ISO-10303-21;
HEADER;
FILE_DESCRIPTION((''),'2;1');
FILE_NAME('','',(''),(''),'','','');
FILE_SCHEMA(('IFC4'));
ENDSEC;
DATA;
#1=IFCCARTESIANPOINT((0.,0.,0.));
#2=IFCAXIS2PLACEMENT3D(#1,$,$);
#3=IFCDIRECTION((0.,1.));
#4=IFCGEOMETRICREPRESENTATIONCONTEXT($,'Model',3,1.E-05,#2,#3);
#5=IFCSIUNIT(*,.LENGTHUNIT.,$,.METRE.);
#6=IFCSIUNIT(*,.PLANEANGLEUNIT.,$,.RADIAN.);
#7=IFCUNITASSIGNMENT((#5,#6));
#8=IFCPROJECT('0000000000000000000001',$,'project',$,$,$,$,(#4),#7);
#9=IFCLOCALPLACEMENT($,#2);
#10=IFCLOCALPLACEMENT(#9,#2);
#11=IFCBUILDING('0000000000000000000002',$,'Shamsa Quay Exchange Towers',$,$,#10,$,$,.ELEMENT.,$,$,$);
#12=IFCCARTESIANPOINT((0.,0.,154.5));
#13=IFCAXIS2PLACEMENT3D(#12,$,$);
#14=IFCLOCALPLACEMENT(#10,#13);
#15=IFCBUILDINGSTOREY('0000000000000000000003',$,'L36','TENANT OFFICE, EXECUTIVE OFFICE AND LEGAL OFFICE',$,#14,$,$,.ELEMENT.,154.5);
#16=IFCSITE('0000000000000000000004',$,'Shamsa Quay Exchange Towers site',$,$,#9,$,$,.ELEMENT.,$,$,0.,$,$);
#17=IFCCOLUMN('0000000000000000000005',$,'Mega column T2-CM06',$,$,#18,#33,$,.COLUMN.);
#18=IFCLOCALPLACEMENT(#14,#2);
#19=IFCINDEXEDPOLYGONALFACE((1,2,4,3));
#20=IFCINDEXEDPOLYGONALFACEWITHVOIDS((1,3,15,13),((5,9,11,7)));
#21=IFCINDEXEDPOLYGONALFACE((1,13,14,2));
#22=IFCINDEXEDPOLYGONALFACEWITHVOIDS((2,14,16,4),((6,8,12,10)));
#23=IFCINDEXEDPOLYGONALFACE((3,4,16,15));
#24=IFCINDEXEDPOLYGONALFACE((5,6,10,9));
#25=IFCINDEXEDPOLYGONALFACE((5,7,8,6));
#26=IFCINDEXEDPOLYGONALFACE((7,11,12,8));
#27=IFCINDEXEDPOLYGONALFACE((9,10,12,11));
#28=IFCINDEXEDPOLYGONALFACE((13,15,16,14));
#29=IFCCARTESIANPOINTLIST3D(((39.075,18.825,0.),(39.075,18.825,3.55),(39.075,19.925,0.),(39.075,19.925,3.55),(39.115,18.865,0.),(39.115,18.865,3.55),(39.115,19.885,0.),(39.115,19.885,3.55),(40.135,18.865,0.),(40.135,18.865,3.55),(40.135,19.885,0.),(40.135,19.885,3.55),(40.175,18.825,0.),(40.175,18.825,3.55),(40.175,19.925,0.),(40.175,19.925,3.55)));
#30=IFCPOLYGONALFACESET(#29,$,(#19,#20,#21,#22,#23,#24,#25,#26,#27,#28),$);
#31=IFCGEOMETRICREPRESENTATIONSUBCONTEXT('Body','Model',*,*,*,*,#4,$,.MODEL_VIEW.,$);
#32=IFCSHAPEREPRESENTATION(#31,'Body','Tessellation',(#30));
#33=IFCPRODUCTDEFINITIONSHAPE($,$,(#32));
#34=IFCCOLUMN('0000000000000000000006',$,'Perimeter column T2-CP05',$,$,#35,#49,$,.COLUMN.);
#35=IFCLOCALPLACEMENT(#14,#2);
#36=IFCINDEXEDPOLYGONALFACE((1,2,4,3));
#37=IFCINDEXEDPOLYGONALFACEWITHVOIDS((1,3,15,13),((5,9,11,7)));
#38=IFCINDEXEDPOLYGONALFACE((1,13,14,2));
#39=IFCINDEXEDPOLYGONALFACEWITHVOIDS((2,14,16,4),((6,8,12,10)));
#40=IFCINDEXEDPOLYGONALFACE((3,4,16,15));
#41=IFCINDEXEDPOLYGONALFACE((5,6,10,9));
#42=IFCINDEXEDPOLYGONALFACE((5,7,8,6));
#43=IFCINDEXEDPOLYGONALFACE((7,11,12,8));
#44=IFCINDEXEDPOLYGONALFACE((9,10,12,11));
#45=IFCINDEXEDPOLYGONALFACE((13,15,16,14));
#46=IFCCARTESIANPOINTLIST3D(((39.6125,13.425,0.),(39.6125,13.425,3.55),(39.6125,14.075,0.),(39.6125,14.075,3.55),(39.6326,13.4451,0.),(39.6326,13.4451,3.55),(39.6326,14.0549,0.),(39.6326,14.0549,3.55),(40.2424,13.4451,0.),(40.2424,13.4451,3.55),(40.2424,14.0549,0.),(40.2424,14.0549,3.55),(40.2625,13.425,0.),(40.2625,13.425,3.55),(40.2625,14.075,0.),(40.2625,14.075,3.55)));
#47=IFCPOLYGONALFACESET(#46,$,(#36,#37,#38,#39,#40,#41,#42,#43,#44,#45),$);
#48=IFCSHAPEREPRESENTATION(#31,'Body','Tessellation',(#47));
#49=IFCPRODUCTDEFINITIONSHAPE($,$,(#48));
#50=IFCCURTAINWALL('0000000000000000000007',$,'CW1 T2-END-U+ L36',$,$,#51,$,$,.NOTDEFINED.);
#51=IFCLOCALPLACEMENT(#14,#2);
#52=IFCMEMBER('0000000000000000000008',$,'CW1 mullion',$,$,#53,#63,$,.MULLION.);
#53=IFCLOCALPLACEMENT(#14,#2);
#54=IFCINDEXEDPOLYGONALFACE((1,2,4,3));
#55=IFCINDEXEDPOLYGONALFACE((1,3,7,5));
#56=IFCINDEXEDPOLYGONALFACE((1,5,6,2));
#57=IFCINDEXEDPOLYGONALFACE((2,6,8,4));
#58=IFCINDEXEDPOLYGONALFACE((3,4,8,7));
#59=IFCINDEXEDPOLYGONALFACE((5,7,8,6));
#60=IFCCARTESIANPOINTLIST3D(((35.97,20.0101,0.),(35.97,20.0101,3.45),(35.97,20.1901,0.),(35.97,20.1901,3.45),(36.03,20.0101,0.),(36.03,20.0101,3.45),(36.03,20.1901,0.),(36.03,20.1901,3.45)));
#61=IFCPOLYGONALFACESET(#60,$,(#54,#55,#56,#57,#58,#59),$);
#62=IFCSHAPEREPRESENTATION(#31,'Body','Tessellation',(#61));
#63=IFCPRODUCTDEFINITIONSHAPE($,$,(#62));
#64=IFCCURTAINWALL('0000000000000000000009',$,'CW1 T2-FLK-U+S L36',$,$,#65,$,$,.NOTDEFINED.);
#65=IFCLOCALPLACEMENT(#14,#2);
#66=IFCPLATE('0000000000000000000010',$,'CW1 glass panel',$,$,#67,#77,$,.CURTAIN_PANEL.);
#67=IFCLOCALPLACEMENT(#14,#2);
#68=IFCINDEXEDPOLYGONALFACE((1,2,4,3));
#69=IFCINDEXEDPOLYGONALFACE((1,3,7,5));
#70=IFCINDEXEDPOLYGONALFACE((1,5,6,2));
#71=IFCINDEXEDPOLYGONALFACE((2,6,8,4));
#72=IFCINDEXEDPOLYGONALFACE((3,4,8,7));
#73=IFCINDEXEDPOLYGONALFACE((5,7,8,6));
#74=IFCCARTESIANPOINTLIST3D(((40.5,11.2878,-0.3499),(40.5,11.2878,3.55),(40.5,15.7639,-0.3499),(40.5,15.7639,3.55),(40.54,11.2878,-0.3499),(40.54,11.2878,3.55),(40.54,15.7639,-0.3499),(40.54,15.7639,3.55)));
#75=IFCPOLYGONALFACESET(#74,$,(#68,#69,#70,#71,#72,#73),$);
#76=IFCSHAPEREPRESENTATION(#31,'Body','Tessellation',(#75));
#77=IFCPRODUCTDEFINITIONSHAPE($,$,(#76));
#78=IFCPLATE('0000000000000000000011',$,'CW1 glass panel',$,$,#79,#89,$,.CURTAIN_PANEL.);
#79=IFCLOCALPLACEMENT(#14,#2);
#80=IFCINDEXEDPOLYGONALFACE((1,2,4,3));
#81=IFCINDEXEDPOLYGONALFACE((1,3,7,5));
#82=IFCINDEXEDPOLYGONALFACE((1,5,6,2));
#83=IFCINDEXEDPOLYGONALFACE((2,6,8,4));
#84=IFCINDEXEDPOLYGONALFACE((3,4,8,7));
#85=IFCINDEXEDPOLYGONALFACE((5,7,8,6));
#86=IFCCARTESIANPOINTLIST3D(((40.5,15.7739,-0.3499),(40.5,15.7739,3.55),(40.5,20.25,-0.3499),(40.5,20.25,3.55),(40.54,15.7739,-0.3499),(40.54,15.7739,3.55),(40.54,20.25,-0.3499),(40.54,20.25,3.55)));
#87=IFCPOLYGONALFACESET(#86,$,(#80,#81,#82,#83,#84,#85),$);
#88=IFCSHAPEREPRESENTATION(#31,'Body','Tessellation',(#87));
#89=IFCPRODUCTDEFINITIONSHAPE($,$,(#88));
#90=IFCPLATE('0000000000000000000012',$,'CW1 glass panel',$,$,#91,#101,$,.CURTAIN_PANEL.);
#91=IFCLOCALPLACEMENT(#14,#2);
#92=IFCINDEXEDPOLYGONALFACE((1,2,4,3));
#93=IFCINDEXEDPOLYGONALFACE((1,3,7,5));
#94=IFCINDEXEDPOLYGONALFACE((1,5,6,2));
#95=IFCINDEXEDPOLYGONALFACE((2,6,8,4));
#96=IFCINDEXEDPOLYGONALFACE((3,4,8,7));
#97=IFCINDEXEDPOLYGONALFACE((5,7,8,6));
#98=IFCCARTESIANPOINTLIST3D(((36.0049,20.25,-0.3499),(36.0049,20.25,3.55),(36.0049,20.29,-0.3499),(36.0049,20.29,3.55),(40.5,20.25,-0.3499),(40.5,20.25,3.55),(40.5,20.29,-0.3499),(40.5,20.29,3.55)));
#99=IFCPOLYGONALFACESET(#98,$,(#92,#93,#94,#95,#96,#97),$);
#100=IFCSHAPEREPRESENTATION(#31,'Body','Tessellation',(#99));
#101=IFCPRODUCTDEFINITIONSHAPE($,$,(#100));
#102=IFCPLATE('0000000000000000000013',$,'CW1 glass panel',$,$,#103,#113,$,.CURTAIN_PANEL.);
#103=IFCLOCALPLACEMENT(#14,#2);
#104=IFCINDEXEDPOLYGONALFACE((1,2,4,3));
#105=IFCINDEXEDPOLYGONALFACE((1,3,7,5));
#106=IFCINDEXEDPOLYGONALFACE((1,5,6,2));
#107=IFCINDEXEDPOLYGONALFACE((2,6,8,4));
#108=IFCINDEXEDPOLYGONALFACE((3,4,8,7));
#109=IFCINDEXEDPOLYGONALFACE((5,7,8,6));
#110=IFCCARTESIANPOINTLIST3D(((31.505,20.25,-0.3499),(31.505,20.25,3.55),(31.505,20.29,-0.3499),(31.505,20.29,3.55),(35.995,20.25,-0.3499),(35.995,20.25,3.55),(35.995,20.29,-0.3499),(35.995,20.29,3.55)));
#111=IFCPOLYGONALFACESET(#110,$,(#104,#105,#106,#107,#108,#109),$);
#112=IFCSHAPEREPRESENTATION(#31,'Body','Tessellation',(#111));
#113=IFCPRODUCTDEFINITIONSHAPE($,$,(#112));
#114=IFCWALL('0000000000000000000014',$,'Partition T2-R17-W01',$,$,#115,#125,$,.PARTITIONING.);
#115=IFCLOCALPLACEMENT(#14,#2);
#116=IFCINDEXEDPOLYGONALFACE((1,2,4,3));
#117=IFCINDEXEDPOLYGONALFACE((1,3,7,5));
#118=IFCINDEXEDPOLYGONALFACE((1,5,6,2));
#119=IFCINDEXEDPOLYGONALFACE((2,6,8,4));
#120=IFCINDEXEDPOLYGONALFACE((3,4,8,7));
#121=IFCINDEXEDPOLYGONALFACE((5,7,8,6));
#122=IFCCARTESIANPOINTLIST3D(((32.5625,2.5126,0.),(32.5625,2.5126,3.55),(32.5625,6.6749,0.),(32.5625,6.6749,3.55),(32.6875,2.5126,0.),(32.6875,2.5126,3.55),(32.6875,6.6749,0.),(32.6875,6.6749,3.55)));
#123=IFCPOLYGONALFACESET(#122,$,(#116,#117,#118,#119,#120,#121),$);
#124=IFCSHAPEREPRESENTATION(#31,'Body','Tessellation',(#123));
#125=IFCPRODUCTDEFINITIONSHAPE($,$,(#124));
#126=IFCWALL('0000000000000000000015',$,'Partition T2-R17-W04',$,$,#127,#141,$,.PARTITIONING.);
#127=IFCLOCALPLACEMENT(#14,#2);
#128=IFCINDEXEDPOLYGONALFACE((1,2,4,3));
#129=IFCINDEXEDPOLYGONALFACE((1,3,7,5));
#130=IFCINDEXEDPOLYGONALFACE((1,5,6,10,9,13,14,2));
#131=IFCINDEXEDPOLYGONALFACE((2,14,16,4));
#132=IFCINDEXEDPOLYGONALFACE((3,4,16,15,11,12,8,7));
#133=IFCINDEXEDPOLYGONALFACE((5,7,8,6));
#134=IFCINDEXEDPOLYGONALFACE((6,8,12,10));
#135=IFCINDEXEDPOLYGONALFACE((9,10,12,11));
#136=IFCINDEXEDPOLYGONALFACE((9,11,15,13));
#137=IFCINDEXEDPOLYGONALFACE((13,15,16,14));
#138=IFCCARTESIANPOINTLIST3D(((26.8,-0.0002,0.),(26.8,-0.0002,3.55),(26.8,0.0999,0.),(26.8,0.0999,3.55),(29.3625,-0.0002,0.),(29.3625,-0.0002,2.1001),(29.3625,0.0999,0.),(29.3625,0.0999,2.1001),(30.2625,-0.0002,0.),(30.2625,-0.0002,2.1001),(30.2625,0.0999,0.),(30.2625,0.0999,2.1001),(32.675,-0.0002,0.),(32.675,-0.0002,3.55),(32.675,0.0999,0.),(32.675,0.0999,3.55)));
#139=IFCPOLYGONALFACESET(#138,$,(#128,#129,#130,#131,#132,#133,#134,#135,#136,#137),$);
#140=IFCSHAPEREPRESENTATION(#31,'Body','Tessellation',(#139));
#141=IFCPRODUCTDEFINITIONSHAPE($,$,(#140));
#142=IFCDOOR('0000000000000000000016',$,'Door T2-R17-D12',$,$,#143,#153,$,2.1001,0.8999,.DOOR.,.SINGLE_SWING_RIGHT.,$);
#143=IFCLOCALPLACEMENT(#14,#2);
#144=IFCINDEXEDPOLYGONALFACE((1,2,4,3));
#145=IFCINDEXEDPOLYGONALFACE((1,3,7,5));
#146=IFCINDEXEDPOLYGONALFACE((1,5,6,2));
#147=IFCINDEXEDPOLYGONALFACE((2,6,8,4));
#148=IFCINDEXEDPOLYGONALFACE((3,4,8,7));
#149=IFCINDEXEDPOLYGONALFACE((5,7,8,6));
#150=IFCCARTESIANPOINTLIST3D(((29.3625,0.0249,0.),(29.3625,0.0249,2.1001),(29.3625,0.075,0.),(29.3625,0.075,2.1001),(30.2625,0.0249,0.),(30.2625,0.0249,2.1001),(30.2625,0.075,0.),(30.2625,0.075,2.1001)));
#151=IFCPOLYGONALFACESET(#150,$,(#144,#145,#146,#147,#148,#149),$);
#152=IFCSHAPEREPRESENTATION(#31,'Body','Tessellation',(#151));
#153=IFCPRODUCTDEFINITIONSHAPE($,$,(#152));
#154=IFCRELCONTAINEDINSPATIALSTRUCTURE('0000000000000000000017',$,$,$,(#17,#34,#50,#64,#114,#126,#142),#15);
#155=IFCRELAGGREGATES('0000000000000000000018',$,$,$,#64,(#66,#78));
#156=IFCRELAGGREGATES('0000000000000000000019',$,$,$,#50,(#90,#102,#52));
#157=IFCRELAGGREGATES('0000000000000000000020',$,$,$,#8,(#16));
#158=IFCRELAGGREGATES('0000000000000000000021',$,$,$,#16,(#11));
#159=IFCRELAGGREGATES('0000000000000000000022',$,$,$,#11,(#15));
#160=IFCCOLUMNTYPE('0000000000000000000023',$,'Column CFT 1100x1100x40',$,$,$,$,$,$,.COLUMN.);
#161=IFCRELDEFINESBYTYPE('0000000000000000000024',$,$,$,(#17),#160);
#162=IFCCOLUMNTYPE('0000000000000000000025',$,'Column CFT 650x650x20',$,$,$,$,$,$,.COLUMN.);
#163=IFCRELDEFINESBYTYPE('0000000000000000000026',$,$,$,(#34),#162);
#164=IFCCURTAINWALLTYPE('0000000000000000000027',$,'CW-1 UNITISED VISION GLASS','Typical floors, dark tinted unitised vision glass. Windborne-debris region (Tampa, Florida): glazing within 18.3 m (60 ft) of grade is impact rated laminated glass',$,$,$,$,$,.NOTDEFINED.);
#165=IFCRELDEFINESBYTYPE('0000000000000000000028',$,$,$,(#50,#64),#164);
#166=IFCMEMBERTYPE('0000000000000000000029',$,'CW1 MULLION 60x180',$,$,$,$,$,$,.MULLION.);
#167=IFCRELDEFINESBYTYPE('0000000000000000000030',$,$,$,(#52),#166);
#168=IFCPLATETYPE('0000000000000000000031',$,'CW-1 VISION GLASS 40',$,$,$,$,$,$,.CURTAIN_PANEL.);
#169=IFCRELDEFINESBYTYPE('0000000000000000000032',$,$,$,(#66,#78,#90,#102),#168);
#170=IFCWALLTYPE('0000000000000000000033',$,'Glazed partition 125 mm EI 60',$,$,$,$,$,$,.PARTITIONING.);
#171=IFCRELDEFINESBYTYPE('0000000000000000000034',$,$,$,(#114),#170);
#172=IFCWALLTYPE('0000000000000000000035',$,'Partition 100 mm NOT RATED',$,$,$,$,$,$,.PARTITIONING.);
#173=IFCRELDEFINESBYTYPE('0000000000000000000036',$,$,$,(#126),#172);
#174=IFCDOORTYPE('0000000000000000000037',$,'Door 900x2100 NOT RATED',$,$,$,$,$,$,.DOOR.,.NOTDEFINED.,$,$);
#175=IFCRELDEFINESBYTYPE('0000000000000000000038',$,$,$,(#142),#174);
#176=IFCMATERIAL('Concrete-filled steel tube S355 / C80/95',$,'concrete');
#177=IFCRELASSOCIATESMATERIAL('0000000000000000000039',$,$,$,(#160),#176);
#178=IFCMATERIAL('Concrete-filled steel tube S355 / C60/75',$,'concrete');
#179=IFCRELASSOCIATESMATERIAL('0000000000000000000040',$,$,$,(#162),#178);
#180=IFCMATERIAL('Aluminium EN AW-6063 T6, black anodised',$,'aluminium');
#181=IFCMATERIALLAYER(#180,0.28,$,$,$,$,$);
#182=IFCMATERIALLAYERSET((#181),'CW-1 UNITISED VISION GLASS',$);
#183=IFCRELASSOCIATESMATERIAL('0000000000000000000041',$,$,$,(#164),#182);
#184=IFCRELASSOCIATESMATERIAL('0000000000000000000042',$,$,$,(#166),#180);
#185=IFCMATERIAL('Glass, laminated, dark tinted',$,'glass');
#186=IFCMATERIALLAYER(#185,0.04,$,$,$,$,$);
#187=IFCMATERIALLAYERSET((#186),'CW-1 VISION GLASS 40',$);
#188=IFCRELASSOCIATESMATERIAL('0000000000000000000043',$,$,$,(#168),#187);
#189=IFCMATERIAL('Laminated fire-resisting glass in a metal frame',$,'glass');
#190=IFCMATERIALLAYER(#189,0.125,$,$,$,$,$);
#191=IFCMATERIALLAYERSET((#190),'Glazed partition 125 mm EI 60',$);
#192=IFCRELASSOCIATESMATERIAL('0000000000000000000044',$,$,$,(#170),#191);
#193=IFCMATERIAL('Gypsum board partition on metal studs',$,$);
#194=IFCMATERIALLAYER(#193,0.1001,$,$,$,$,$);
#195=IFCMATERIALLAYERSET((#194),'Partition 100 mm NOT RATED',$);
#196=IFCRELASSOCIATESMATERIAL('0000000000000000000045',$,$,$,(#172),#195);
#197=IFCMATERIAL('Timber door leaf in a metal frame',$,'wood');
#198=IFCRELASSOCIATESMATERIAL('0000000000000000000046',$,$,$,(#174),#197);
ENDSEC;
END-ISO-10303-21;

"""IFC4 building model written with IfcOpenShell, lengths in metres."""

from ifc_helpers import new_model, si_unit, direction, frame, frame_2d, origin, origin_2d, place, context, subcontext, project, spatial, rectangle, hollow_rectangle, extrude, material, layer, layer_set, material_profile, profile_set, type_object, element, fill, aggregate, save


model = new_model("IFC4")

# Units and contexts
model_context = context("Model", 3, precision=1e-05, world=origin(), true_north=direction((0.0, 1.0)))
body_context = subcontext(model_context, "Body", "Model", "MODEL_VIEW")
ifc_project = project(units=[si_unit("LENGTHUNIT", "METRE"), si_unit("PLANEANGLEUNIT", "RADIAN")], contexts=[model_context])

# Site, building, storey
site_placement = place(None, origin())
site = spatial("IfcSite", under=ifc_project, at=site_placement, Name="Shamsa Quay Exchange Towers site", CompositionType="ELEMENT", RefElevation=0.0)
building_placement = place(site_placement, origin())
building = spatial("IfcBuilding", under=site, at=building_placement, Name="Shamsa Quay Exchange Towers", CompositionType="ELEMENT")
storey_placement = place(building_placement, frame((0.0, 0.0, 154.5)))
storey = spatial("IfcBuildingStorey", under=building, at=storey_placement, Name="L36", Description="TENANT OFFICE, EXECUTIVE OFFICE AND LEGAL OFFICE", CompositionType="ELEMENT", Elevation=154.5)

# Columns
ifc_material_1 = material(Name="Concrete-filled steel tube S355 / C80/95", Category="concrete")
ifc_material_profile_1 = material_profile(ifc_material_1, hollow_rectangle(XDim=1.1001, YDim=1.1001, WallThickness=0.04, at=origin_2d()), Name="CFT 1100x1100x40")
ifc_profile_set_1 = profile_set([ifc_material_profile_1], Name="Concrete-filled steel tube S355 / C80/95")
column_type_1 = type_object("IfcColumnType", Name="Column CFT 1100x1100x40", PredefinedType="COLUMN", material=ifc_profile_set_1)
column_1_placement = place(storey_placement, frame((39.625, 19.375, 0.0)))
element("IfcColumn", 1, at=column_1_placement, inside=storey, type_object=column_type_1, Name="Mega column T2-CM06", PredefinedType="COLUMN", context=body_context, shape_type="SweptSolid", body=[
    extrude(hollow_rectangle(XDim=1.1001, YDim=1.1001, WallThickness=0.04, at=origin_2d()), origin(), (0.0, 0.0, 1.0), 3.55),
])
ifc_material_2 = material(Name="Concrete-filled steel tube S355 / C60/75", Category="concrete")
ifc_material_profile_2 = material_profile(ifc_material_2, hollow_rectangle(XDim=0.6499, YDim=0.6499, WallThickness=0.02, at=origin_2d()), Name="CFT 650x650x20")
ifc_profile_set_2 = profile_set([ifc_material_profile_2], Name="Concrete-filled steel tube S355 / C60/75")
column_type_2 = type_object("IfcColumnType", Name="Column CFT 650x650x20", PredefinedType="COLUMN", material=ifc_profile_set_2)
column_2_placement = place(storey_placement, frame((39.9375, 13.75, 0.0)))
element("IfcColumn", 2, at=column_2_placement, inside=storey, type_object=column_type_2, Name="Perimeter column T2-CP05", PredefinedType="COLUMN", context=body_context, shape_type="SweptSolid", body=[
    extrude(hollow_rectangle(XDim=0.6499, YDim=0.6499, WallThickness=0.02, at=origin_2d()), origin(), (0.0, 0.0, 1.0), 3.55),
])

# Curtain wall, member
ifc_material_3 = material(Name="Aluminium EN AW-6063 T6, black anodised", Category="aluminium")
ifc_layer_1 = layer(ifc_material_3, 0.28)
ifc_layer_set_1 = layer_set([ifc_layer_1], Name="CW-1 UNITISED VISION GLASS")
curtain_wall_type = type_object("IfcCurtainWallType", Name="CW-1 UNITISED VISION GLASS", Description="Typical floors, dark tinted unitised vision glass. Windborne-debris region (Tampa, Florida): glazing within 18.3 m (60 ft) of grade is impact rated laminated glass", PredefinedType="NOTDEFINED", material=ifc_layer_set_1)
curtain_wall_1_placement = place(storey_placement, origin())
curtain_wall_1 = element("IfcCurtainWall", 3, at=curtain_wall_1_placement, inside=storey, type_object=curtain_wall_type, Name="CW1 T2-END-U+ L36", PredefinedType="NOTDEFINED")
ifc_material_profile_3 = material_profile(ifc_material_3, rectangle(XDim=0.1799, YDim=0.0601, at=origin_2d()), Name="MU60x180")
ifc_profile_set_3 = profile_set([ifc_material_profile_3], Name="Aluminium EN AW-6063 T6, black anodised")
member_type = type_object("IfcMemberType", Name="CW1 MULLION 60x180", PredefinedType="MULLION", material=ifc_profile_set_3)
member_placement = place(storey_placement, frame((36.0, 20.1001, 0.0), z_axis=(0.0, 0.0, 1.0), x_axis=(0.0, -1.0, 0.0)))
member = element("IfcMember", 4, at=member_placement, type_object=member_type, Name="CW1 mullion", PredefinedType="MULLION", context=body_context, shape_type="SweptSolid", body=[
    extrude(rectangle(XDim=0.1799, YDim=0.0601, at=origin_2d()), origin(), (0.0, 0.0, 1.0), 3.45),
])

# Curtain wall, plates
curtain_wall_2_placement = place(storey_placement, origin())
curtain_wall_2 = element("IfcCurtainWall", 5, at=curtain_wall_2_placement, inside=storey, type_object=curtain_wall_type, Name="CW1 T2-FLK-U+S L36", PredefinedType="NOTDEFINED")
ifc_material_4 = material(Name="Glass, laminated, dark tinted", Category="glass")
ifc_layer_2 = layer(ifc_material_4, 0.04)
ifc_layer_set_2 = layer_set([ifc_layer_2], Name="CW-1 VISION GLASS 40")
plate_type = type_object("IfcPlateType", Name="CW-1 VISION GLASS 40", PredefinedType="CURTAIN_PANEL", material=ifc_layer_set_2)
plate_1_placement = place(storey_placement, frame((40.52, 13.5259, -0.3499), z_axis=(0.0, 0.0, 1.0), x_axis=(0.0, 1.0, 0.0)))
plate_1 = element("IfcPlate", 6, at=plate_1_placement, type_object=plate_type, Name="CW1 glass panel", PredefinedType="CURTAIN_PANEL", context=body_context, shape_type="SweptSolid", body=[
    extrude(rectangle(XDim=4.4761, YDim=0.04, at=origin_2d()), origin(), (0.0, 0.0, 1.0), 3.8999),
])
plate_2_placement = place(storey_placement, frame((40.52, 18.012, -0.3499), z_axis=(0.0, 0.0, 1.0), x_axis=(0.0, 1.0, 0.0)))
plate_2 = element("IfcPlate", 7, at=plate_2_placement, type_object=plate_type, Name="CW1 glass panel", PredefinedType="CURTAIN_PANEL", context=body_context, shape_type="SweptSolid", body=[
    extrude(rectangle(XDim=4.4761, YDim=0.04, at=origin_2d()), origin(), (0.0, 0.0, 1.0), 3.8999),
])
aggregate(curtain_wall_2, [plate_1, plate_2])

# Plates
plate_3_placement = place(storey_placement, frame((38.2524, 20.27, -0.3499), z_axis=(0.0, 0.0, 1.0), x_axis=(-1.0, 0.0, 0.0)))
plate_3 = element("IfcPlate", 8, at=plate_3_placement, type_object=plate_type, Name="CW1 glass panel", PredefinedType="CURTAIN_PANEL", context=body_context, shape_type="SweptSolid", body=[
    extrude(rectangle(XDim=4.4951, YDim=0.04, at=origin_2d()), origin(), (0.0, 0.0, 1.0), 3.8999),
])
plate_4_placement = place(storey_placement, frame((33.75, 20.27, -0.3499), z_axis=(0.0, 0.0, 1.0), x_axis=(-1.0, 0.0, 0.0)))
plate_4 = element("IfcPlate", 9, at=plate_4_placement, type_object=plate_type, Name="CW1 glass panel", PredefinedType="CURTAIN_PANEL", context=body_context, shape_type="SweptSolid", body=[
    extrude(rectangle(XDim=4.49, YDim=0.04, at=origin_2d()), origin(), (0.0, 0.0, 1.0), 3.8999),
])
aggregate(curtain_wall_1, [plate_3, plate_4, member])

# Wall
ifc_material_5 = material(Name="Laminated fire-resisting glass in a metal frame", Category="glass")
ifc_layer_3 = layer(ifc_material_5, 0.125)
ifc_layer_set_3 = layer_set([ifc_layer_3], Name="Glazed partition 125 mm EI 60")
wall_type_1 = type_object("IfcWallType", Name="Glazed partition 125 mm EI 60", PredefinedType="PARTITIONING", material=ifc_layer_set_3)
wall_1_placement = place(storey_placement, frame((32.625, 2.5127, 0.0), z_axis=(0.0, 0.0, 1.0), x_axis=(0.0, 1.0, 0.0)))
element("IfcWall", 10, at=wall_1_placement, inside=storey, type_object=wall_type_1, Name="Partition T2-R17-W01", PredefinedType="PARTITIONING", context=body_context, shape_type="SweptSolid", body=[
    extrude(rectangle(XDim=4.1624, YDim=0.125, at=frame_2d((2.0811, 0.0))), origin(), (0.0, 0.0, 1.0), 3.55),
])

# Wall, opening, door
ifc_material_6 = material(Name="Gypsum board partition on metal studs")
ifc_layer_4 = layer(ifc_material_6, 0.1001)
ifc_layer_set_4 = layer_set([ifc_layer_4], Name="Partition 100 mm NOT RATED")
wall_type_2 = type_object("IfcWallType", Name="Partition 100 mm NOT RATED", PredefinedType="PARTITIONING", material=ifc_layer_set_4)
wall_2_placement = place(storey_placement, frame((32.675, 0.0498, 0.0), z_axis=(0.0, 0.0, 1.0), x_axis=(-1.0, 0.0, 0.0)))
wall_2 = element("IfcWall", 11, at=wall_2_placement, inside=storey, type_object=wall_type_2, Name="Partition T2-R17-W04", PredefinedType="PARTITIONING", context=body_context, shape_type="SweptSolid", body=[
    extrude(rectangle(XDim=5.875, YDim=0.1001, at=frame_2d((2.9375, 0.0))), origin(), (0.0, 0.0, 1.0), 3.55),
])
opening_1_placement = place(wall_2_placement, frame((2.4126, 0.0, 0.0)))
opening_1 = element("IfcOpeningElement", 12, at=opening_1_placement, cuts=wall_2, PredefinedType="OPENING", context=body_context, shape_type="SweptSolid", body=[
    extrude(rectangle(XDim=0.8999, YDim=2.1001, at=frame_2d((0.45, 1.05))), frame((0.0, 0.0601, 0.0), z_axis=(0.0, -1.0, 0.0), x_axis=(1.0, 0.0, 0.0)), (0.0, 0.0, 1.0), 0.1201),
])
ifc_material_7 = material(Name="Timber door leaf in a metal frame", Category="wood")
door_type_1 = type_object("IfcDoorType", Name="Door 900x2100 NOT RATED", OperationType="NOTDEFINED", PredefinedType="DOOR", material=ifc_material_7)
door_1_placement = place(opening_1_placement, origin())
door_1 = element("IfcDoor", 13, at=door_1_placement, inside=storey, type_object=door_type_1, Name="Door T2-R17-D12", OperationType="SINGLE_SWING_RIGHT", OverallHeight=2.1001, OverallWidth=0.8999, PredefinedType="DOOR", context=body_context, shape_type="SweptSolid", body=[
    extrude(rectangle(XDim=0.8999, YDim=2.1001, at=frame_2d((0.45, 1.05))), frame((0.0, 0.0249, 0.0), z_axis=(0.0, -1.0, 0.0), x_axis=(1.0, 0.0, 0.0)), (0.0, 0.0, 1.0), 0.05),
])
fill(opening_1, door_1)

save(model, "model.ifc")
